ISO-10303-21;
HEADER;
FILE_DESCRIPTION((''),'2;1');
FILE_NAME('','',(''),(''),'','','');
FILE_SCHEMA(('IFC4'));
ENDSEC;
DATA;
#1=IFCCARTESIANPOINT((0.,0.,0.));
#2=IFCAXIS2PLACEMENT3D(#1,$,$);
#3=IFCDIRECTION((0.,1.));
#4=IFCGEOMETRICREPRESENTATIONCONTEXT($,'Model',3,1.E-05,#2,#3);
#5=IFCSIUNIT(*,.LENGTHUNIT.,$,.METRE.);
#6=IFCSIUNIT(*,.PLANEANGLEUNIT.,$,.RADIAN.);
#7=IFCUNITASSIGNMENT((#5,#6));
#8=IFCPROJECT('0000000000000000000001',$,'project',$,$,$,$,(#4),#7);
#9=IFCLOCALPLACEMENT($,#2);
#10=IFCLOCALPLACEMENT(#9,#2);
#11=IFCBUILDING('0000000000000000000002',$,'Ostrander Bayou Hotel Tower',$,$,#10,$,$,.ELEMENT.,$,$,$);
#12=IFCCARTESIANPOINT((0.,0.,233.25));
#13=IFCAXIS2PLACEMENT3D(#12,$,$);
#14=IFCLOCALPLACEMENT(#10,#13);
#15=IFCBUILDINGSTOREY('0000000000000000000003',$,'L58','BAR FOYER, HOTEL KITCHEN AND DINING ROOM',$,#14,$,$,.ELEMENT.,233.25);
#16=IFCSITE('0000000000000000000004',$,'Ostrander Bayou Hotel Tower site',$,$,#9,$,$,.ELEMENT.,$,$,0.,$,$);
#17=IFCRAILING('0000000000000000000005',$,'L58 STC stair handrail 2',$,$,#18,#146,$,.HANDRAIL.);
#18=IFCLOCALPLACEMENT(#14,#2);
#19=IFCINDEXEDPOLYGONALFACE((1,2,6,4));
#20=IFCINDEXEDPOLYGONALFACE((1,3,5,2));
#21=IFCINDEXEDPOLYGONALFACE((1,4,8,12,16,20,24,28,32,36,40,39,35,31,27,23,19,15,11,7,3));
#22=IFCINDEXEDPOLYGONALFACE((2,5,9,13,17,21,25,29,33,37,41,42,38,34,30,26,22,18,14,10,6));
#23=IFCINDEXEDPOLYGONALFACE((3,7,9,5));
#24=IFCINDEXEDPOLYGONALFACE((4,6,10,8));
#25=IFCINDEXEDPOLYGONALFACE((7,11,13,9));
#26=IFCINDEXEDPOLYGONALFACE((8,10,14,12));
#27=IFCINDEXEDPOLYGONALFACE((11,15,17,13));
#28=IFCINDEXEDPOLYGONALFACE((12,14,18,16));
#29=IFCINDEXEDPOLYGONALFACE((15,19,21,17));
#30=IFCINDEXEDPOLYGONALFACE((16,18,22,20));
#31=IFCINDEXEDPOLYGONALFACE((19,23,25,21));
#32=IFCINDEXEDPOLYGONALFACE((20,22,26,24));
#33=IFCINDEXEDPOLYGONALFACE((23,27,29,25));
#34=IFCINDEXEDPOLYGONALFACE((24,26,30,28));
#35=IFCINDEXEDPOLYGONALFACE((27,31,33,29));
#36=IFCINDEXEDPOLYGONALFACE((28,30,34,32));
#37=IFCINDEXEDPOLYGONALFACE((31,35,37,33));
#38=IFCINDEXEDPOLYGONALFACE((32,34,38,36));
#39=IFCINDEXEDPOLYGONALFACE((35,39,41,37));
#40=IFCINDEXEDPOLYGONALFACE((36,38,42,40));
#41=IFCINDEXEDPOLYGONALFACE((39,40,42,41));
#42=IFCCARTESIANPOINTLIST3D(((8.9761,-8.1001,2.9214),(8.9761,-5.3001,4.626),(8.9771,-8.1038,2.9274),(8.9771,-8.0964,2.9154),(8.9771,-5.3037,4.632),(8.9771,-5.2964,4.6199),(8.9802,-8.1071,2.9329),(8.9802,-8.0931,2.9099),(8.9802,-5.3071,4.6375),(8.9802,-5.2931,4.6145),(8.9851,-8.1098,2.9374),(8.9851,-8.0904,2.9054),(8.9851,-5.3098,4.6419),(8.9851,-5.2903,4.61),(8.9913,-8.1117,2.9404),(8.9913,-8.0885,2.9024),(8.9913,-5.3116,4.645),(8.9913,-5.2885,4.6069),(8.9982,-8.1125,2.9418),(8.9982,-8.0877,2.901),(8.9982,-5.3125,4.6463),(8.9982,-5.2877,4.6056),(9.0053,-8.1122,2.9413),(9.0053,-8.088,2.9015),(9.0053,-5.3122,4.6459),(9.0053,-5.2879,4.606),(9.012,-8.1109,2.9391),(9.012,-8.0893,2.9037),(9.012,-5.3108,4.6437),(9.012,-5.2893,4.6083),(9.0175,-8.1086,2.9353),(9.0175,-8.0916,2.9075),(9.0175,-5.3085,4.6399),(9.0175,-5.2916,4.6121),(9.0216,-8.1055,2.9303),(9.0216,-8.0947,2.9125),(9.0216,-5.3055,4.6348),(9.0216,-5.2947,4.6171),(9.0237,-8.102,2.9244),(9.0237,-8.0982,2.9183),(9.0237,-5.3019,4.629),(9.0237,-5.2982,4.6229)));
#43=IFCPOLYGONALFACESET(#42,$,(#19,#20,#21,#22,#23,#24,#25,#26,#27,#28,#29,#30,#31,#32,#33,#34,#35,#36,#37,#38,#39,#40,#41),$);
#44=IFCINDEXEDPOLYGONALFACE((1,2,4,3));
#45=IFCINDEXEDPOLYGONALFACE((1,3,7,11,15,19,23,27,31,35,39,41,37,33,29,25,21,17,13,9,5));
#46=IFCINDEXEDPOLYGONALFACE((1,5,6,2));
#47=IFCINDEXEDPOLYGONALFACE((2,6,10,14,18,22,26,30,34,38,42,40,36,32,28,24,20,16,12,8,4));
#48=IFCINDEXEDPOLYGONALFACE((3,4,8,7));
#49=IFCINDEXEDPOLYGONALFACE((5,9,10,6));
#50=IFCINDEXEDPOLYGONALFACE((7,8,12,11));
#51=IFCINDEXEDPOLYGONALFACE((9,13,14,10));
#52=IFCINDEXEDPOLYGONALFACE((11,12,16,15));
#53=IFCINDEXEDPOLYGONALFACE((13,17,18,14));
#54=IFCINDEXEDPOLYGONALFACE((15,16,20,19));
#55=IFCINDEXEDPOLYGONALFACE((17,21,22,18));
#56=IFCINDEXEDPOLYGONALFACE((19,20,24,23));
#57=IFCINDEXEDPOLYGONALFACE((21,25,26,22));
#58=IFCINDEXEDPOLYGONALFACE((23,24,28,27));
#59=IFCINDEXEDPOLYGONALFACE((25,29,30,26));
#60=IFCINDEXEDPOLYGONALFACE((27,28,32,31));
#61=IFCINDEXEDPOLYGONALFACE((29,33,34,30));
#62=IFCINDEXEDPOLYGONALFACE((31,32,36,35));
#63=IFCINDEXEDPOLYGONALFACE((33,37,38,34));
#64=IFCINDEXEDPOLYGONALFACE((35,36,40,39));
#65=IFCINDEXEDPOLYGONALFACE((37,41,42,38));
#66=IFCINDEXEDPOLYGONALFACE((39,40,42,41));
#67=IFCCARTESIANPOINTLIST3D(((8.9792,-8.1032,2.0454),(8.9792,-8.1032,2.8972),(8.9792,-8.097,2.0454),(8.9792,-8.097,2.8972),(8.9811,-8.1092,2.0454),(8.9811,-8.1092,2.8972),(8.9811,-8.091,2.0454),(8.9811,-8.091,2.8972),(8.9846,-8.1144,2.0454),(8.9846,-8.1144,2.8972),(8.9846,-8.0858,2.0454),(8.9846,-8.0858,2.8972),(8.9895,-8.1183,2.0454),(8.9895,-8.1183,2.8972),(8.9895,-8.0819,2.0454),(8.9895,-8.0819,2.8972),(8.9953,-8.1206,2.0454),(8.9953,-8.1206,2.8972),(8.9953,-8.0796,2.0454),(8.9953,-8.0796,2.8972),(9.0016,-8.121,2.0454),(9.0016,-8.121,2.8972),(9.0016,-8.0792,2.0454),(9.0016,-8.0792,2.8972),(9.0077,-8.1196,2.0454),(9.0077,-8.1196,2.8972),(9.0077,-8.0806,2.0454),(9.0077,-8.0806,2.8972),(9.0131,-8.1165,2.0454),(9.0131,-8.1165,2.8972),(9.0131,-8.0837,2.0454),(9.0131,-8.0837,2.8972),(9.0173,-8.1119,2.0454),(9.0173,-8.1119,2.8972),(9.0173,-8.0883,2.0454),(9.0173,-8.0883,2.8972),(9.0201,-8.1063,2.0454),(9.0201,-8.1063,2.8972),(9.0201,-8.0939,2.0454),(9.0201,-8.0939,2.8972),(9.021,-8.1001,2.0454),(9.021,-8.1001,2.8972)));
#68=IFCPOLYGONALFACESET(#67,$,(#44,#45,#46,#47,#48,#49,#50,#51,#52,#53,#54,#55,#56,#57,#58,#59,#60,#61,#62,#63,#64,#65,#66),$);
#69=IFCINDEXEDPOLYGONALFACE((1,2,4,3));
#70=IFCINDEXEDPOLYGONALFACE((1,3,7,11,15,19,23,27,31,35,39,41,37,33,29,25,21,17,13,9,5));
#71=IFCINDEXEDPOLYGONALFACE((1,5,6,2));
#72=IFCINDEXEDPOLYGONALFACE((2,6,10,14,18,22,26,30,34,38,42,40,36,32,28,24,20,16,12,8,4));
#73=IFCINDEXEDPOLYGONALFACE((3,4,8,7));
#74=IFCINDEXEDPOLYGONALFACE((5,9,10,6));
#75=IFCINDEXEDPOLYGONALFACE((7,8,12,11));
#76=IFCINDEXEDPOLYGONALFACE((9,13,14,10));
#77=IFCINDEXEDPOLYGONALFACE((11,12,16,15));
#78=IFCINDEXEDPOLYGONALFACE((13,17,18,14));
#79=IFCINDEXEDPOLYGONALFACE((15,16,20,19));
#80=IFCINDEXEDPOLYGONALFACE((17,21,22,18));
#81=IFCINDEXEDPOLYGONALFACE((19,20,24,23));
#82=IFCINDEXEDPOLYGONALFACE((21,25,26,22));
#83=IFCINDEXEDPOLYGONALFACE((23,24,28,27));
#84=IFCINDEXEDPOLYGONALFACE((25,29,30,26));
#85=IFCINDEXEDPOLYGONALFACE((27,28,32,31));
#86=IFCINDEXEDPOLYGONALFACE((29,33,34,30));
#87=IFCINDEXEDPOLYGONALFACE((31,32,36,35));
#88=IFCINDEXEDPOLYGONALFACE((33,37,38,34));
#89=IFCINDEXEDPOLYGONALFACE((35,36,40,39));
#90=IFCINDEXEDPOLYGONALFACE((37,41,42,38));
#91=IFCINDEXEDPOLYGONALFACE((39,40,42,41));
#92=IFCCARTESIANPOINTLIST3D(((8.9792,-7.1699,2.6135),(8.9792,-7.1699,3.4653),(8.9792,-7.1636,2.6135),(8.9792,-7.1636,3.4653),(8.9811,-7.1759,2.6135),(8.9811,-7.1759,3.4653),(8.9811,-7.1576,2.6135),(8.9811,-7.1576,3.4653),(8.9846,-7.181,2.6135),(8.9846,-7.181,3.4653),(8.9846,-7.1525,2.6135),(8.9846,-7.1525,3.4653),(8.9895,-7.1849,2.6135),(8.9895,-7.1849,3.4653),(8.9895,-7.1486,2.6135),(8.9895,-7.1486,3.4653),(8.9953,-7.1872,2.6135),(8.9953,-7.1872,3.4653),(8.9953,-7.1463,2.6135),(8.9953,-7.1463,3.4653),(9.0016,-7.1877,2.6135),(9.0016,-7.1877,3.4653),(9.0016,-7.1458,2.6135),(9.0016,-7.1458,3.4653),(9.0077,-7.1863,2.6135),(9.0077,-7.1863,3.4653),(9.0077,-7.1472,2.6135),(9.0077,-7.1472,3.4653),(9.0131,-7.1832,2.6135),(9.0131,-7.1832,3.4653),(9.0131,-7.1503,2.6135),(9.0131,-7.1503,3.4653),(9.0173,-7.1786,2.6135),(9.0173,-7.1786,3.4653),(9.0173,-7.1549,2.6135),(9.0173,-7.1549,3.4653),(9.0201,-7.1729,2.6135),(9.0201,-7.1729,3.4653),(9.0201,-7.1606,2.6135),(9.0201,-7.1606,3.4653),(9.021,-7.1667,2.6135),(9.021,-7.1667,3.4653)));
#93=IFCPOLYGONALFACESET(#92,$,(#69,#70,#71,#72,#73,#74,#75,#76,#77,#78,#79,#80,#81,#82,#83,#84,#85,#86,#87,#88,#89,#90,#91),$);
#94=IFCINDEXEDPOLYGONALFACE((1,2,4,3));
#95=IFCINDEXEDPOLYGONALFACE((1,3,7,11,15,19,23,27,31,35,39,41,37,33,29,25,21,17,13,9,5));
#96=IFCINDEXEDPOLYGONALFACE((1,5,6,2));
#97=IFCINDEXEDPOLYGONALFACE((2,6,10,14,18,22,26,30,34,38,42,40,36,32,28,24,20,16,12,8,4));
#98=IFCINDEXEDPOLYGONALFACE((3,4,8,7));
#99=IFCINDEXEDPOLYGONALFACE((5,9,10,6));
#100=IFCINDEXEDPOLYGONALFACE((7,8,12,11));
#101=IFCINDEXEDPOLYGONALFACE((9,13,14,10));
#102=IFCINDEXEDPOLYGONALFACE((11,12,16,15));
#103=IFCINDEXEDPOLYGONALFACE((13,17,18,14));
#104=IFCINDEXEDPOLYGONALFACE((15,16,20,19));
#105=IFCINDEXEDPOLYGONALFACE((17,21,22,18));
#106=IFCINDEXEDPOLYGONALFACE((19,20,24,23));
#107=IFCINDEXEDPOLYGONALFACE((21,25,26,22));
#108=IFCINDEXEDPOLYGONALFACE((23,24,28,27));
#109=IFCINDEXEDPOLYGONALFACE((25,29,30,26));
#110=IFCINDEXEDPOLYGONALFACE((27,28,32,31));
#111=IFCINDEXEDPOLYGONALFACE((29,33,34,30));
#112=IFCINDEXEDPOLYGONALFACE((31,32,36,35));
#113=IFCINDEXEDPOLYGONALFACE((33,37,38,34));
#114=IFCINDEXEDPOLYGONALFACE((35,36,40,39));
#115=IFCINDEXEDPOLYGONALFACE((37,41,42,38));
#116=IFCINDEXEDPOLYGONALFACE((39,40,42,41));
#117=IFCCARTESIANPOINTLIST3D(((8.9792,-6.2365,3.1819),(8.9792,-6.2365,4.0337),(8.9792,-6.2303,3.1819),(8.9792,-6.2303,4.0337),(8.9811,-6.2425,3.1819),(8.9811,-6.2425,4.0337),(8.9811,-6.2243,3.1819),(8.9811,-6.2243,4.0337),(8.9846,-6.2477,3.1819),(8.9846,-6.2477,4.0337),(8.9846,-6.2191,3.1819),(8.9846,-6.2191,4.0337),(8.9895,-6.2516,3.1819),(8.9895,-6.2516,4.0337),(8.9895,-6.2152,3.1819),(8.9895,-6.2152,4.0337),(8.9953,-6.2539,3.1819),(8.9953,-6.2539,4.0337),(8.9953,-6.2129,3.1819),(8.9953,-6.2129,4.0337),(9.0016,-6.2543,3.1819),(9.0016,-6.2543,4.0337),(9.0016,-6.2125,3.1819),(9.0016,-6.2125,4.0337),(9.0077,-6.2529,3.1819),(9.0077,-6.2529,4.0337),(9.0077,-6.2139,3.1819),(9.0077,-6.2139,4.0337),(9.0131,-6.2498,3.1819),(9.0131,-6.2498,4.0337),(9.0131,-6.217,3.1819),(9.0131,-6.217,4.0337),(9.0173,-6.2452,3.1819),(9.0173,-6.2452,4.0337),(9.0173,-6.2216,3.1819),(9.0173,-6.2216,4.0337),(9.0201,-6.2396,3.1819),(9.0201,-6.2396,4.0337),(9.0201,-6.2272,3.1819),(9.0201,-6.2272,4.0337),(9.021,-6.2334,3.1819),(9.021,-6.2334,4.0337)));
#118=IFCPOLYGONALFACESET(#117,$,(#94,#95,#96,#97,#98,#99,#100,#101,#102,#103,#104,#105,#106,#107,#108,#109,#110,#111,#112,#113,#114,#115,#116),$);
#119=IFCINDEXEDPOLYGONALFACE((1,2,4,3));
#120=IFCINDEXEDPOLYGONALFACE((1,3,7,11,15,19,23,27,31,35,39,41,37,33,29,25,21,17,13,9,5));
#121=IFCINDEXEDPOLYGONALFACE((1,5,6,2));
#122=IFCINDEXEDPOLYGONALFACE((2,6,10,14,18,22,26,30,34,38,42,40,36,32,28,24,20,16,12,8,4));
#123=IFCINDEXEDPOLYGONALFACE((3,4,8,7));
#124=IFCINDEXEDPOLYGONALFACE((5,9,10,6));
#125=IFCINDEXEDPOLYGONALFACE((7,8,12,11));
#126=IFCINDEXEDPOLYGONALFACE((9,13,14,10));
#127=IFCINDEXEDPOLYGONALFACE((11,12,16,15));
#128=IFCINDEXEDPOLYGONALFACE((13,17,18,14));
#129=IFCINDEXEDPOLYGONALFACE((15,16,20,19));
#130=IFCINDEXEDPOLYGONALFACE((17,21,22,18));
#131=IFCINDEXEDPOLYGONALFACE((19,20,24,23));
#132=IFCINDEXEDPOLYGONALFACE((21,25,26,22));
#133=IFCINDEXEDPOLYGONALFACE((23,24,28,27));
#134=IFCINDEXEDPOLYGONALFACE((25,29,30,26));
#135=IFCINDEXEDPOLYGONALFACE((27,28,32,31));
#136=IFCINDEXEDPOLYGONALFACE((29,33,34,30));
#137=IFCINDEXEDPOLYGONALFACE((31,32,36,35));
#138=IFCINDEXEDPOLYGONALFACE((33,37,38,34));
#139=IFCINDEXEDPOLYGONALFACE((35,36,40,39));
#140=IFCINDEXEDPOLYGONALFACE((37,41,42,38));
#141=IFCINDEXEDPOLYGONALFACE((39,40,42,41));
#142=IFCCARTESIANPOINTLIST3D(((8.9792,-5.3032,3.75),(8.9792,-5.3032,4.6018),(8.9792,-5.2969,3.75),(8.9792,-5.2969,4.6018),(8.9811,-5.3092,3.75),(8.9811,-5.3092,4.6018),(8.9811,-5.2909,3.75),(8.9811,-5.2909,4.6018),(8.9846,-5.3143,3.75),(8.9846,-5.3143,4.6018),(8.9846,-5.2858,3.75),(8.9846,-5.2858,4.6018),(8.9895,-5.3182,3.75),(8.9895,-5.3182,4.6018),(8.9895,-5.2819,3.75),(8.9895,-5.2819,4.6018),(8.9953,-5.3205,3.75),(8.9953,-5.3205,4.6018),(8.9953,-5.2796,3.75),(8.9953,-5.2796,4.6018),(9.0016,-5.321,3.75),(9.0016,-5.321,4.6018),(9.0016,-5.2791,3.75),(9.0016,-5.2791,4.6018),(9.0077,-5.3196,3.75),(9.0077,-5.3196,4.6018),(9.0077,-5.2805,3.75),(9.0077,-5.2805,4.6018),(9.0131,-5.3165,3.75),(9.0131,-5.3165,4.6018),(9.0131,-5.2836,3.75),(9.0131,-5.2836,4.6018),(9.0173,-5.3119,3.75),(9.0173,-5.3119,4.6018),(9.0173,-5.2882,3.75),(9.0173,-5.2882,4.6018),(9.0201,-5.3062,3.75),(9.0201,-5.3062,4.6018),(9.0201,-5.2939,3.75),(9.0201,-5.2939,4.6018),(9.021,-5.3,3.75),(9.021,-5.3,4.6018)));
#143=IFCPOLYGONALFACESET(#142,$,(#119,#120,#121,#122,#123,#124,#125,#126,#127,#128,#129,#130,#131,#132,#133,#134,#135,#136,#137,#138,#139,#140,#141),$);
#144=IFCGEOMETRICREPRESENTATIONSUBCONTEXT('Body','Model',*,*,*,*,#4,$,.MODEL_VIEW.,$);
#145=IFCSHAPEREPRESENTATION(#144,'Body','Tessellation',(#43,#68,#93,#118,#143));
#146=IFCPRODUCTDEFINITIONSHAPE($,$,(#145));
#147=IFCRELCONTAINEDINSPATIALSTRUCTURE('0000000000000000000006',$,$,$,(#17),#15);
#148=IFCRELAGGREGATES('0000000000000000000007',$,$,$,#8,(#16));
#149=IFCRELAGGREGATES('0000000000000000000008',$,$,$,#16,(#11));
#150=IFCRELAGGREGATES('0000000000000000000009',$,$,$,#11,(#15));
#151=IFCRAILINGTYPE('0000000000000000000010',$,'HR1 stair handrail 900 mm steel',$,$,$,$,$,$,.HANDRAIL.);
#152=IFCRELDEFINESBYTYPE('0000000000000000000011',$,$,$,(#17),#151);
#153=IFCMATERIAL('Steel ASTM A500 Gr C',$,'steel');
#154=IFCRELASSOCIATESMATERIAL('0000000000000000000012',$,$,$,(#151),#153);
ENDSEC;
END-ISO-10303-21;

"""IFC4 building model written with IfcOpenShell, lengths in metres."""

from ifc_helpers import new_model, si_unit, direction, frame, origin, origin_2d, place, context, subcontext, project, spatial, circle, extrude, material, type_object, element, save


model = new_model("IFC4")

# Units and contexts
model_context = context("Model", 3, precision=1e-05, world=origin(), true_north=direction((0.0, 1.0)))
body_context = subcontext(model_context, "Body", "Model", "MODEL_VIEW")
ifc_project = project(units=[si_unit("LENGTHUNIT", "METRE"), si_unit("PLANEANGLEUNIT", "RADIAN")], contexts=[model_context])

# Site, building, storey
site_placement = place(None, origin())
site = spatial("IfcSite", under=ifc_project, at=site_placement, Name="Ostrander Bayou Hotel Tower site", CompositionType="ELEMENT", RefElevation=0.0)
building_placement = place(site_placement, origin())
building = spatial("IfcBuilding", under=site, at=building_placement, Name="Ostrander Bayou Hotel Tower", CompositionType="ELEMENT")
storey_placement = place(building_placement, frame((0.0, 0.0, 233.25)))
storey = spatial("IfcBuildingStorey", under=building, at=storey_placement, Name="L58", Description="BAR FOYER, HOTEL KITCHEN AND DINING ROOM", CompositionType="ELEMENT", Elevation=233.25)

# Railing
ifc_material_1 = material(Name="Steel ASTM A500 Gr C", Category="steel")
railing_type_1 = type_object("IfcRailingType", Name="HR1 stair handrail 900 mm steel", PredefinedType="HANDRAIL", material=ifc_material_1)
railing_1_placement = place(storey_placement, frame((9.0, -8.1001, 2.0454)))
element("IfcRailing", 1, at=railing_1_placement, inside=storey, type_object=railing_type_1, Name="L58 STC stair handrail 2", PredefinedType="HANDRAIL", context=body_context, shape_type="SweptSolid", body=[
    extrude(circle(Radius=0.0239, at=origin_2d()), frame((0.0, 0.0, 0.876), z_axis=(0.0, 0.85417, 0.519994), x_axis=(-1.0, 0.0, 0.0)), (0.0, 0.0, 1.0), 3.2781),
    extrude(circle(Radius=0.021, at=origin_2d()), origin(), (0.0, 0.0, 1.0), 0.8518),
    extrude(circle(Radius=0.021, at=origin_2d()), frame((0.0, 0.9333, 0.5681)), (0.0, 0.0, 1.0), 0.8518),
    extrude(circle(Radius=0.021, at=origin_2d()), frame((0.0, 1.8667, 1.1365)), (0.0, 0.0, 1.0), 0.8518),
    extrude(circle(Radius=0.021, at=origin_2d()), frame((0.0, 2.8, 1.7046)), (0.0, 0.0, 1.0), 0.8518),
])

save(model, "model.ifc")
